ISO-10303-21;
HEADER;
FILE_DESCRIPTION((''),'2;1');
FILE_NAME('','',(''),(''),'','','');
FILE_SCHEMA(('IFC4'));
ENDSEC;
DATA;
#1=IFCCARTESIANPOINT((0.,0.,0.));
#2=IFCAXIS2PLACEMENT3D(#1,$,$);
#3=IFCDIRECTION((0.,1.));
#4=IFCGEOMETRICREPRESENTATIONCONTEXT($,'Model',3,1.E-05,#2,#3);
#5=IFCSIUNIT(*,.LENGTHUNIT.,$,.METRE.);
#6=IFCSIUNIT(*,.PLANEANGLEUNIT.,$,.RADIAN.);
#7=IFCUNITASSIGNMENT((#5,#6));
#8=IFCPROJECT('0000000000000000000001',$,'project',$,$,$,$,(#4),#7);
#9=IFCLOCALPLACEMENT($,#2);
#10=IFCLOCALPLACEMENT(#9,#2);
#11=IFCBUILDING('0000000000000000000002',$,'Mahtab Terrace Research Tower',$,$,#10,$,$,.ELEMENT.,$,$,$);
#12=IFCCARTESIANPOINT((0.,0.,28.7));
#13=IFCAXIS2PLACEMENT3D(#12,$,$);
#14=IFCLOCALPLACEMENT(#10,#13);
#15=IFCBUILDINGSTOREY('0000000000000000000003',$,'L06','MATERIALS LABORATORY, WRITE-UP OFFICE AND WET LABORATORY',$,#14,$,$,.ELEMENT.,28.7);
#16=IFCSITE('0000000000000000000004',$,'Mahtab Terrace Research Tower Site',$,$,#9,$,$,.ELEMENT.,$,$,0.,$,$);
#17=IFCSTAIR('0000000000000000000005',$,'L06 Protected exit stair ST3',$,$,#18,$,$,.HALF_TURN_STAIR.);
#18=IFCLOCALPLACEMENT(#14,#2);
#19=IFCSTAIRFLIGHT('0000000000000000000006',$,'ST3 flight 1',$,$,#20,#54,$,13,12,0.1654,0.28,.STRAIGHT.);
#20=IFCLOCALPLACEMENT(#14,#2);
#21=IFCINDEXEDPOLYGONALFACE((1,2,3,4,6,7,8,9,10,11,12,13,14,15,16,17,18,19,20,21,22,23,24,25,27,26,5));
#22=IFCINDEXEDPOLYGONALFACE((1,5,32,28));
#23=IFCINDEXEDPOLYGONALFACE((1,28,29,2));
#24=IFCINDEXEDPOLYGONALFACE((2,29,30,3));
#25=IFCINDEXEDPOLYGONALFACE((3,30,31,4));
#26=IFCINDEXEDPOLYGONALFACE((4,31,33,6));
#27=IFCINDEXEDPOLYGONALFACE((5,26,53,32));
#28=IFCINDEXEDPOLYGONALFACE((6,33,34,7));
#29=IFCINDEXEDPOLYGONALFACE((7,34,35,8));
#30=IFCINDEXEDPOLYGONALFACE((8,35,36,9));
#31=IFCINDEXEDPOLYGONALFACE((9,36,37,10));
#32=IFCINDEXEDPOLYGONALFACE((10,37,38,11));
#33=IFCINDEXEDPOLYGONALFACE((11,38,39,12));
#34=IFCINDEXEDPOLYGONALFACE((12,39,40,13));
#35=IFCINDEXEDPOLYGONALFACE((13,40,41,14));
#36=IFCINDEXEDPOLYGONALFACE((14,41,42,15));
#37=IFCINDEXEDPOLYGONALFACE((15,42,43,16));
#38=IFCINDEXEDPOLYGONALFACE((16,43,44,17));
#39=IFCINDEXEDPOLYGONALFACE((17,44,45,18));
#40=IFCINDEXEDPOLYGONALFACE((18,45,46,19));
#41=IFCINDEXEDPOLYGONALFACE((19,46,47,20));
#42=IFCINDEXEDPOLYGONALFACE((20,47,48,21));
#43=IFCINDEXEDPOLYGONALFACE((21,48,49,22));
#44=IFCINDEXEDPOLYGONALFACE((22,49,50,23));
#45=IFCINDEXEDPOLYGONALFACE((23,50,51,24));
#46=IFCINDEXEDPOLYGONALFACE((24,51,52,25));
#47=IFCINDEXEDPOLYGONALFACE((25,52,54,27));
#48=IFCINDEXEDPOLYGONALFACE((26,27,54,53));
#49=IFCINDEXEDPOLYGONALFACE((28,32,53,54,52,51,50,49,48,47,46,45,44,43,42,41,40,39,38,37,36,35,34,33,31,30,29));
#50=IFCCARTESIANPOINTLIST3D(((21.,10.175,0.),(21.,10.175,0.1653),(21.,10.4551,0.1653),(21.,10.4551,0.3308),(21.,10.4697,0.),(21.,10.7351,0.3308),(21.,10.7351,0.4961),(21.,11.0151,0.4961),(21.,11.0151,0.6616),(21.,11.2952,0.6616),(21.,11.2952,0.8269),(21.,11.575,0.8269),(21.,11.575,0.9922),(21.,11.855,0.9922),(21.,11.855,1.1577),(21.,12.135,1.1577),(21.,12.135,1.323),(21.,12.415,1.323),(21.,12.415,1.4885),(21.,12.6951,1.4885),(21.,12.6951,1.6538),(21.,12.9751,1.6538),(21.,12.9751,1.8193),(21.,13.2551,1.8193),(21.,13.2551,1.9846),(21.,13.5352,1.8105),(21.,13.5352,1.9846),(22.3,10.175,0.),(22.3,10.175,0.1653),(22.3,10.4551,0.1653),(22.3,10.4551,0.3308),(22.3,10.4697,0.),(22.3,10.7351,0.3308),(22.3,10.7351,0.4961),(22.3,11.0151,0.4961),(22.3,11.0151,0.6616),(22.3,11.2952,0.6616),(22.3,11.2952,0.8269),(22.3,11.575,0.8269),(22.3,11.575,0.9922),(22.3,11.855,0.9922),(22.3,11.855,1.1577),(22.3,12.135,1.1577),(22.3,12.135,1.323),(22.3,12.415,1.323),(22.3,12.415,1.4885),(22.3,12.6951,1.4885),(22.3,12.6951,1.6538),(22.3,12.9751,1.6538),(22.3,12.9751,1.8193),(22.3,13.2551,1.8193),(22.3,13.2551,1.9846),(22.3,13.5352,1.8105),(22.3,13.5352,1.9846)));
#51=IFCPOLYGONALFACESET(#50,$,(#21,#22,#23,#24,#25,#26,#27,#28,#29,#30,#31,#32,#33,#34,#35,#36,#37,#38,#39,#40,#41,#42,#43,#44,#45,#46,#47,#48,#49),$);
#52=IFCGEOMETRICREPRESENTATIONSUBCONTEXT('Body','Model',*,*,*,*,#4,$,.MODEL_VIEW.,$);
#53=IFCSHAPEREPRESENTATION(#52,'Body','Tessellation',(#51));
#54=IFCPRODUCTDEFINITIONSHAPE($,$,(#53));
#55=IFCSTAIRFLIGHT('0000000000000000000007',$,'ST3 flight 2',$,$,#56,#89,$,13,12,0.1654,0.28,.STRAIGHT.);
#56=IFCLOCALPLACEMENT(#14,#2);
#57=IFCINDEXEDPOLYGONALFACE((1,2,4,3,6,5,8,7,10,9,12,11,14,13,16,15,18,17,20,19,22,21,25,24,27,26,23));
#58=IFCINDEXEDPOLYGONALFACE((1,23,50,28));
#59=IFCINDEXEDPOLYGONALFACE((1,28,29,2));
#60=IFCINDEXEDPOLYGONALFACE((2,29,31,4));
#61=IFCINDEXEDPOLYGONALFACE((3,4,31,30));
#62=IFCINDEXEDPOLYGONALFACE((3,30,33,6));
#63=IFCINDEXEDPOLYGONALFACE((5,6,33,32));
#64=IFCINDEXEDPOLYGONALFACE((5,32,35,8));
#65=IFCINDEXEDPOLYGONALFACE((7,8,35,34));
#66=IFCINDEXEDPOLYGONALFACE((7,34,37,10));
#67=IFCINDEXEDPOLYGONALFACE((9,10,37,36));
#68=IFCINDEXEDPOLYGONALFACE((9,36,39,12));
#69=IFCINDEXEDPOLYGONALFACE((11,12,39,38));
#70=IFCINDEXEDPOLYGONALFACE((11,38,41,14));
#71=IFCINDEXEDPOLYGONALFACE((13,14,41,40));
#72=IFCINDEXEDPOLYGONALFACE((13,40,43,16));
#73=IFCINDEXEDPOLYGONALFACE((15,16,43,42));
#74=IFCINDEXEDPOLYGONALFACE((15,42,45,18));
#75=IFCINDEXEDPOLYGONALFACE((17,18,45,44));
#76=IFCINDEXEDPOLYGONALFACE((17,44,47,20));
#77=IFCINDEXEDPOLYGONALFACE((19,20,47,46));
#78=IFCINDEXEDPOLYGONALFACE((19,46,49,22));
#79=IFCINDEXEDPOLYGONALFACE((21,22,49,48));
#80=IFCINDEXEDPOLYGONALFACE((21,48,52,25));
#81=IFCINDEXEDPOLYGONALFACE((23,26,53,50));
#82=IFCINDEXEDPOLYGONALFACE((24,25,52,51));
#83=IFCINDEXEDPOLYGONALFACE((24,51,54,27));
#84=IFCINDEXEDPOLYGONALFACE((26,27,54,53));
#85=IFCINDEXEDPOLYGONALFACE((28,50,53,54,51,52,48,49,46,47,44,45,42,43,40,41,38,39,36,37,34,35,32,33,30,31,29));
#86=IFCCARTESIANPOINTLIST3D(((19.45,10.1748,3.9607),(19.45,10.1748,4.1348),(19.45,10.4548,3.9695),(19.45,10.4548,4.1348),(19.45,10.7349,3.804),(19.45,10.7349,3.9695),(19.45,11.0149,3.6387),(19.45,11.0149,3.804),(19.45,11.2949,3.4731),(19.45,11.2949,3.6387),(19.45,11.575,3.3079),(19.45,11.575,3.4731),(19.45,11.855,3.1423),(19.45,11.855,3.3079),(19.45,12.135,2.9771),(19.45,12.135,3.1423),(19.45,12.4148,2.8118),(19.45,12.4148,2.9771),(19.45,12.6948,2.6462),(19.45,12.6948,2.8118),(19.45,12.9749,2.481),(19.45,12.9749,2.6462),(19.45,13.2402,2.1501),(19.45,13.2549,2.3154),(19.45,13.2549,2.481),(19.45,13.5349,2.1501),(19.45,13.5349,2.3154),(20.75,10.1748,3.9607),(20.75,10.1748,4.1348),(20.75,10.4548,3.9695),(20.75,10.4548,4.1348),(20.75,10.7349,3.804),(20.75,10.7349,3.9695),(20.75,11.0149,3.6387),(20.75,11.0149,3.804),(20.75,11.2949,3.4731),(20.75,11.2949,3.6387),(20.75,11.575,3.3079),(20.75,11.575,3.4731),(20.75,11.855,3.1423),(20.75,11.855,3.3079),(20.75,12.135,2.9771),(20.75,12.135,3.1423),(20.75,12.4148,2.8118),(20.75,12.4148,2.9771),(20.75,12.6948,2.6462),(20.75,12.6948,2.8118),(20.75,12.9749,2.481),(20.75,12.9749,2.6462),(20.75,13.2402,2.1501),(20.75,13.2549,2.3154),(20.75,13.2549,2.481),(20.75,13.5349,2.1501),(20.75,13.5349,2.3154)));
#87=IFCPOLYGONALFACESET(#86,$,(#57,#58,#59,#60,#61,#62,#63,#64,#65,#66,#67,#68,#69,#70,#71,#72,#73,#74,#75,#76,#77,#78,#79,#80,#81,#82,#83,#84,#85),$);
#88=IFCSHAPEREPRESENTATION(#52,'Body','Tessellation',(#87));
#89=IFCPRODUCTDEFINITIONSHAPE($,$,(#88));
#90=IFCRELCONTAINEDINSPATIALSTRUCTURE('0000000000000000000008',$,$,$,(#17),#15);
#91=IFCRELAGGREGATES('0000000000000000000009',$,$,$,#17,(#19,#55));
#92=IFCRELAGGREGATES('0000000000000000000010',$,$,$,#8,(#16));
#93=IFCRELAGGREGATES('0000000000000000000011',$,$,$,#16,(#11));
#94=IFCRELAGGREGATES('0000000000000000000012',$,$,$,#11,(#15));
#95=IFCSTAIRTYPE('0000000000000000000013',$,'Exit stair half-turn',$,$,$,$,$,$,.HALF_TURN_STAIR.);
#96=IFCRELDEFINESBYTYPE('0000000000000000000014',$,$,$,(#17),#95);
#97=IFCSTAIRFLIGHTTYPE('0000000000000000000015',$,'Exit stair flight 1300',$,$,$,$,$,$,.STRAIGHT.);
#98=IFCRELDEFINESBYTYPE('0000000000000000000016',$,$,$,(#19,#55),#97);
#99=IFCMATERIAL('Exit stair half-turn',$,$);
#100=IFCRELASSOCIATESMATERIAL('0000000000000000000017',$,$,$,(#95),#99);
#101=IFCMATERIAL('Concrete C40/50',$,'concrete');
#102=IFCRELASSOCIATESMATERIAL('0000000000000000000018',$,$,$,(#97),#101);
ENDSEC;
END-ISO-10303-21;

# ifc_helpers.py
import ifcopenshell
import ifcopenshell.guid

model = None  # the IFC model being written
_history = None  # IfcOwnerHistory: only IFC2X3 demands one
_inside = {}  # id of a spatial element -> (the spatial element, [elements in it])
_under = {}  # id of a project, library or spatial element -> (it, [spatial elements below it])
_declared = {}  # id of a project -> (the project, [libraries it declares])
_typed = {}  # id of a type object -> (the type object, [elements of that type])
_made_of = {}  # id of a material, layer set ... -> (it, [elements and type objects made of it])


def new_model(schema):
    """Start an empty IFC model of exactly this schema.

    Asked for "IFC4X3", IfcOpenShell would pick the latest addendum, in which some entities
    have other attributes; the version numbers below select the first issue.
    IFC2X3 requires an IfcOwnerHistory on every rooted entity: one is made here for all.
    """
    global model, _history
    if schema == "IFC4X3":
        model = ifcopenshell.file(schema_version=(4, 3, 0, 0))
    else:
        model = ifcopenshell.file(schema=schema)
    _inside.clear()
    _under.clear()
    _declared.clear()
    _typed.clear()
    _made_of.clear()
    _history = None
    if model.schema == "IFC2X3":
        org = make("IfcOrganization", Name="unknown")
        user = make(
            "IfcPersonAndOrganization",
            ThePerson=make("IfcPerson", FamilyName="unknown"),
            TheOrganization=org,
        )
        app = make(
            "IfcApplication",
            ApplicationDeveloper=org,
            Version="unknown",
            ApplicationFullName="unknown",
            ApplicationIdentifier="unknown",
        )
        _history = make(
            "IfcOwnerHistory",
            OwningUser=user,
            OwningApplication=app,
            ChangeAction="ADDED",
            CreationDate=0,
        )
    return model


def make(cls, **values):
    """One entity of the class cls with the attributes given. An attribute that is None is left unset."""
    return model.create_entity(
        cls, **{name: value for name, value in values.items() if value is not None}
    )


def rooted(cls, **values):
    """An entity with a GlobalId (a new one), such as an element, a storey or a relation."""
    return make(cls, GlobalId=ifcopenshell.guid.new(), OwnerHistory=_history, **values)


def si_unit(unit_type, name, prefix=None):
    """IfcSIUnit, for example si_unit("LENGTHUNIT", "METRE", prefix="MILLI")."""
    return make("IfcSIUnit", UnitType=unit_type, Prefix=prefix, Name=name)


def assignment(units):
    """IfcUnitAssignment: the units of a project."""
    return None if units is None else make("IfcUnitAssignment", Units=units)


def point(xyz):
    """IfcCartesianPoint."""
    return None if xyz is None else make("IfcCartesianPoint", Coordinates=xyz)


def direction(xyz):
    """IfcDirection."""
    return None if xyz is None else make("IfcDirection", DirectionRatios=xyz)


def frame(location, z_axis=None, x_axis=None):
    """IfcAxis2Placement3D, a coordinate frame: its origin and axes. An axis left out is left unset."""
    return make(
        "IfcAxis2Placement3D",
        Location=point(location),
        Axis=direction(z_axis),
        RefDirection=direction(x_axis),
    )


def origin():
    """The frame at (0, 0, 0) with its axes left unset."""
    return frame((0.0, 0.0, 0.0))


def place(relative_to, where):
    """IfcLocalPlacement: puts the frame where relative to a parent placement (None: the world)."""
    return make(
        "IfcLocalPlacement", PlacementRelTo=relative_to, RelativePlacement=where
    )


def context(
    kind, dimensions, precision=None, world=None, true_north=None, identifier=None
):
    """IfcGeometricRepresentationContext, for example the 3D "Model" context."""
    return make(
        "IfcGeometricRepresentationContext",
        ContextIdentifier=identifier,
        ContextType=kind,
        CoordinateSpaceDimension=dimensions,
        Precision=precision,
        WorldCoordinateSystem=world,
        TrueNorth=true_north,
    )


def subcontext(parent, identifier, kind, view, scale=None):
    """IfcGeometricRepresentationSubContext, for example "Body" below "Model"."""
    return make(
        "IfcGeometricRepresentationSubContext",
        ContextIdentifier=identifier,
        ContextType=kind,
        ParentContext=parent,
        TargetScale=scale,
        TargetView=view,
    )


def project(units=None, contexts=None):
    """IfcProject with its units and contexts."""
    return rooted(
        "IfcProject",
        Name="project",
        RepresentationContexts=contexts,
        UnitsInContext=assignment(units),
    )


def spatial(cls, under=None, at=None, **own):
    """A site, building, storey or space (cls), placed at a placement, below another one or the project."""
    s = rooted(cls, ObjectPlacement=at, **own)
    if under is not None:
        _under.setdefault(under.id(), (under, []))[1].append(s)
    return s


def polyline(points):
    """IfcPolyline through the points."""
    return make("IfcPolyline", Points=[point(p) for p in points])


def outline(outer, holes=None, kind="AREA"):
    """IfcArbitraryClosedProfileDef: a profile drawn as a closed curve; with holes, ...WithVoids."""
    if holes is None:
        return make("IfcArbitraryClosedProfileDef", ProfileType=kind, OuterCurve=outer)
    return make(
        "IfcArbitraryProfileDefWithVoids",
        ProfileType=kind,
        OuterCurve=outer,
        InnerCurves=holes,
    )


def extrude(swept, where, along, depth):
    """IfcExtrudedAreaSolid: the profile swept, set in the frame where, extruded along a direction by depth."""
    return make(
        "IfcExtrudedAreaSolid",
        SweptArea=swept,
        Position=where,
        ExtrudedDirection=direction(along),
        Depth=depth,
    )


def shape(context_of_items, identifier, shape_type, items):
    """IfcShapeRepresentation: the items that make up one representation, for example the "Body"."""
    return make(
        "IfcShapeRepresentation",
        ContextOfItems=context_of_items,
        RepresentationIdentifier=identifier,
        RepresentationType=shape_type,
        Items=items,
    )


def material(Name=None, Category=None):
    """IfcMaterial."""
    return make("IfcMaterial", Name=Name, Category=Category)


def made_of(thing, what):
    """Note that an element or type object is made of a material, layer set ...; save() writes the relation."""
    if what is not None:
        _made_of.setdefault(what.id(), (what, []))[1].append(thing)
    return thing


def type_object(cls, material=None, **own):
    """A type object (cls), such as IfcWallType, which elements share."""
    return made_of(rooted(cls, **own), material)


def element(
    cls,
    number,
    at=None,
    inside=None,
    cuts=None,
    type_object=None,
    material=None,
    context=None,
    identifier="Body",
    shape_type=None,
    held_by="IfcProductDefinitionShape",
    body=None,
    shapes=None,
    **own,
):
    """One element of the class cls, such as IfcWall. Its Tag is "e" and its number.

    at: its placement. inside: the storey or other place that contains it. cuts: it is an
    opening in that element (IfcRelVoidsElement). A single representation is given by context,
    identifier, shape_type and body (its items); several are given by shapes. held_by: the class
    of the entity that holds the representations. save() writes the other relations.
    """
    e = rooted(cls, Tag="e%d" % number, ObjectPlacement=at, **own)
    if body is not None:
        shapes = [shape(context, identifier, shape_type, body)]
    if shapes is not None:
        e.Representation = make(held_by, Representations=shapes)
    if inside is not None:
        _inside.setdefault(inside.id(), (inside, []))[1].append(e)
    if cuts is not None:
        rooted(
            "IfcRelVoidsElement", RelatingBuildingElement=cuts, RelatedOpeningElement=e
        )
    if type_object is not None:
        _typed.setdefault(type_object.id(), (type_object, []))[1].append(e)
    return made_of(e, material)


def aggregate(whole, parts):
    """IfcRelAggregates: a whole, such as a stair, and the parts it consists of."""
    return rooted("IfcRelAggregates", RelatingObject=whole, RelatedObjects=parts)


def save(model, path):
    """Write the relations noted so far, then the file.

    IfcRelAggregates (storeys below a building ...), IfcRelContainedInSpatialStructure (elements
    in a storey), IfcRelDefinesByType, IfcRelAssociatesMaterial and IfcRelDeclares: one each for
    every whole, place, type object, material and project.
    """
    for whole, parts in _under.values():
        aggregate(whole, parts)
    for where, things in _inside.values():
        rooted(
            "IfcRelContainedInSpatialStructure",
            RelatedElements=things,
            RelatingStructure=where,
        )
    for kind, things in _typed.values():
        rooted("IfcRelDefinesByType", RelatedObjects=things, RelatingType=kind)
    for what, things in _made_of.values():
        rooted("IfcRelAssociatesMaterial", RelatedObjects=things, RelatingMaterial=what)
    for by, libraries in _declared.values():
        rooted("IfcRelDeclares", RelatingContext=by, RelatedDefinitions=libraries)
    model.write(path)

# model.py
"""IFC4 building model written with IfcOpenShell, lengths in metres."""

from ifc_helpers import new_model, si_unit, direction, frame, origin, place, context, subcontext, project, spatial, polyline, outline, extrude, material, type_object, element, aggregate, save


model = new_model("IFC4")

# Units and contexts
model_context = context("Model", 3, precision=1e-05, world=origin(), true_north=direction((0.0, 1.0)))
body_context = subcontext(model_context, "Body", "Model", "MODEL_VIEW")
ifc_project = project(units=[si_unit("LENGTHUNIT", "METRE"), si_unit("PLANEANGLEUNIT", "RADIAN")], contexts=[model_context])

# Site, building, storey
site_placement = place(None, origin())
site = spatial("IfcSite", under=ifc_project, at=site_placement, Name="Mahtab Terrace Research Tower Site", CompositionType="ELEMENT", RefElevation=0.0)
building_placement = place(site_placement, origin())
building = spatial("IfcBuilding", under=site, at=building_placement, Name="Mahtab Terrace Research Tower", CompositionType="ELEMENT")
storey_placement = place(building_placement, frame((0.0, 0.0, 28.7)))
storey = spatial("IfcBuildingStorey", under=building, at=storey_placement, Name="L06", Description="MATERIALS LABORATORY, WRITE-UP OFFICE AND WET LABORATORY", CompositionType="ELEMENT", Elevation=28.7)

# Stair, stair flights
ifc_material_1 = material(Name="Exit stair half-turn")
stair_type = type_object("IfcStairType", Name="Exit stair half-turn", PredefinedType="HALF_TURN_STAIR", material=ifc_material_1)
stair_placement = place(storey_placement, origin())
stair = element("IfcStair", 1, at=stair_placement, inside=storey, type_object=stair_type, Name="L06 Protected exit stair ST3", PredefinedType="HALF_TURN_STAIR")
ifc_material_2 = material(Name="Concrete C40/50", Category="concrete")
stair_flight_type = type_object("IfcStairFlightType", Name="Exit stair flight 1300", PredefinedType="STRAIGHT", material=ifc_material_2)
stair_flight_1_placement = place(storey_placement, frame((21.6499, 10.175, 0.0), z_axis=(0.0, 0.0, 1.0), x_axis=(0.0, 1.0, 0.0)))
stair_flight_1 = element("IfcStairFlight", 2, at=stair_flight_1_placement, type_object=stair_flight_type, Name="ST3 flight 1", NumberOfRisers=13, NumberOfTreads=12, PredefinedType="STRAIGHT", RiserHeight=0.1654, TreadLength=0.28, context=body_context, shape_type="SweptSolid", body=[
    extrude(outline(polyline([(0.0, 0.0), (0.0, 0.1653), (0.28, 0.1653), (0.28, 0.3308), (0.5601, 0.3308), (0.5601, 0.4961), (0.8401, 0.4961), (0.8401, 0.6616), (1.1201, 0.6616), (1.1201, 0.8269), (1.3999, 0.8269), (1.3999, 0.9922), (1.6799, 0.9922), (1.6799, 1.1577), (1.96, 1.1577), (1.96, 1.323), (2.24, 1.323), (2.24, 1.4885), (2.52, 1.4885), (2.52, 1.6538), (2.8, 1.6538), (2.8, 1.8193), (3.0801, 1.8193), (3.0801, 1.9846), (3.3601, 1.9846), (3.3601, 2.1499), (3.3601, 1.8105), (0.2947, 0.0), (0.0, 0.0)])), frame((0.0, 0.6499, 0.0), z_axis=(0.0, -1.0, 0.0), x_axis=(1.0, 0.0, 0.0)), (0.0, 0.0, 1.0), 1.3),
])
stair_flight_2_placement = place(storey_placement, frame((20.1001, 13.5349, 2.1501), z_axis=(0.0, 0.0, 1.0), x_axis=(0.0, -1.0, 0.0)))
stair_flight_2 = element("IfcStairFlight", 3, at=stair_flight_2_placement, type_object=stair_flight_type, Name="ST3 flight 2", NumberOfRisers=13, NumberOfTreads=12, PredefinedType="STRAIGHT", RiserHeight=0.1654, TreadLength=0.28, context=body_context, shape_type="SweptSolid", body=[
    extrude(outline(polyline([(0.0, 0.0), (0.0, 0.1653), (0.28, 0.1653), (0.28, 0.3308), (0.5601, 0.3308), (0.5601, 0.4961), (0.8401, 0.4961), (0.8401, 0.6616), (1.1201, 0.6616), (1.1201, 0.8269), (1.3999, 0.8269), (1.3999, 0.9922), (1.6799, 0.9922), (1.6799, 1.1577), (1.96, 1.1577), (1.96, 1.323), (2.24, 1.323), (2.24, 1.4885), (2.52, 1.4885), (2.52, 1.6538), (2.8, 1.6538), (2.8, 1.8193), (3.0801, 1.8193), (3.0801, 1.9846), (3.3601, 1.9846), (3.3601, 2.1499), (3.3601, 1.8105), (0.2947, 0.0), (0.0, 0.0)])), frame((0.0, 0.6499, 0.0), z_axis=(0.0, -1.0, 0.0), x_axis=(1.0, 0.0, 0.0)), (0.0, 0.0, 1.0), 1.3),
])
aggregate(stair, [stair_flight_1, stair_flight_2])

save(model, "model.ifc")
